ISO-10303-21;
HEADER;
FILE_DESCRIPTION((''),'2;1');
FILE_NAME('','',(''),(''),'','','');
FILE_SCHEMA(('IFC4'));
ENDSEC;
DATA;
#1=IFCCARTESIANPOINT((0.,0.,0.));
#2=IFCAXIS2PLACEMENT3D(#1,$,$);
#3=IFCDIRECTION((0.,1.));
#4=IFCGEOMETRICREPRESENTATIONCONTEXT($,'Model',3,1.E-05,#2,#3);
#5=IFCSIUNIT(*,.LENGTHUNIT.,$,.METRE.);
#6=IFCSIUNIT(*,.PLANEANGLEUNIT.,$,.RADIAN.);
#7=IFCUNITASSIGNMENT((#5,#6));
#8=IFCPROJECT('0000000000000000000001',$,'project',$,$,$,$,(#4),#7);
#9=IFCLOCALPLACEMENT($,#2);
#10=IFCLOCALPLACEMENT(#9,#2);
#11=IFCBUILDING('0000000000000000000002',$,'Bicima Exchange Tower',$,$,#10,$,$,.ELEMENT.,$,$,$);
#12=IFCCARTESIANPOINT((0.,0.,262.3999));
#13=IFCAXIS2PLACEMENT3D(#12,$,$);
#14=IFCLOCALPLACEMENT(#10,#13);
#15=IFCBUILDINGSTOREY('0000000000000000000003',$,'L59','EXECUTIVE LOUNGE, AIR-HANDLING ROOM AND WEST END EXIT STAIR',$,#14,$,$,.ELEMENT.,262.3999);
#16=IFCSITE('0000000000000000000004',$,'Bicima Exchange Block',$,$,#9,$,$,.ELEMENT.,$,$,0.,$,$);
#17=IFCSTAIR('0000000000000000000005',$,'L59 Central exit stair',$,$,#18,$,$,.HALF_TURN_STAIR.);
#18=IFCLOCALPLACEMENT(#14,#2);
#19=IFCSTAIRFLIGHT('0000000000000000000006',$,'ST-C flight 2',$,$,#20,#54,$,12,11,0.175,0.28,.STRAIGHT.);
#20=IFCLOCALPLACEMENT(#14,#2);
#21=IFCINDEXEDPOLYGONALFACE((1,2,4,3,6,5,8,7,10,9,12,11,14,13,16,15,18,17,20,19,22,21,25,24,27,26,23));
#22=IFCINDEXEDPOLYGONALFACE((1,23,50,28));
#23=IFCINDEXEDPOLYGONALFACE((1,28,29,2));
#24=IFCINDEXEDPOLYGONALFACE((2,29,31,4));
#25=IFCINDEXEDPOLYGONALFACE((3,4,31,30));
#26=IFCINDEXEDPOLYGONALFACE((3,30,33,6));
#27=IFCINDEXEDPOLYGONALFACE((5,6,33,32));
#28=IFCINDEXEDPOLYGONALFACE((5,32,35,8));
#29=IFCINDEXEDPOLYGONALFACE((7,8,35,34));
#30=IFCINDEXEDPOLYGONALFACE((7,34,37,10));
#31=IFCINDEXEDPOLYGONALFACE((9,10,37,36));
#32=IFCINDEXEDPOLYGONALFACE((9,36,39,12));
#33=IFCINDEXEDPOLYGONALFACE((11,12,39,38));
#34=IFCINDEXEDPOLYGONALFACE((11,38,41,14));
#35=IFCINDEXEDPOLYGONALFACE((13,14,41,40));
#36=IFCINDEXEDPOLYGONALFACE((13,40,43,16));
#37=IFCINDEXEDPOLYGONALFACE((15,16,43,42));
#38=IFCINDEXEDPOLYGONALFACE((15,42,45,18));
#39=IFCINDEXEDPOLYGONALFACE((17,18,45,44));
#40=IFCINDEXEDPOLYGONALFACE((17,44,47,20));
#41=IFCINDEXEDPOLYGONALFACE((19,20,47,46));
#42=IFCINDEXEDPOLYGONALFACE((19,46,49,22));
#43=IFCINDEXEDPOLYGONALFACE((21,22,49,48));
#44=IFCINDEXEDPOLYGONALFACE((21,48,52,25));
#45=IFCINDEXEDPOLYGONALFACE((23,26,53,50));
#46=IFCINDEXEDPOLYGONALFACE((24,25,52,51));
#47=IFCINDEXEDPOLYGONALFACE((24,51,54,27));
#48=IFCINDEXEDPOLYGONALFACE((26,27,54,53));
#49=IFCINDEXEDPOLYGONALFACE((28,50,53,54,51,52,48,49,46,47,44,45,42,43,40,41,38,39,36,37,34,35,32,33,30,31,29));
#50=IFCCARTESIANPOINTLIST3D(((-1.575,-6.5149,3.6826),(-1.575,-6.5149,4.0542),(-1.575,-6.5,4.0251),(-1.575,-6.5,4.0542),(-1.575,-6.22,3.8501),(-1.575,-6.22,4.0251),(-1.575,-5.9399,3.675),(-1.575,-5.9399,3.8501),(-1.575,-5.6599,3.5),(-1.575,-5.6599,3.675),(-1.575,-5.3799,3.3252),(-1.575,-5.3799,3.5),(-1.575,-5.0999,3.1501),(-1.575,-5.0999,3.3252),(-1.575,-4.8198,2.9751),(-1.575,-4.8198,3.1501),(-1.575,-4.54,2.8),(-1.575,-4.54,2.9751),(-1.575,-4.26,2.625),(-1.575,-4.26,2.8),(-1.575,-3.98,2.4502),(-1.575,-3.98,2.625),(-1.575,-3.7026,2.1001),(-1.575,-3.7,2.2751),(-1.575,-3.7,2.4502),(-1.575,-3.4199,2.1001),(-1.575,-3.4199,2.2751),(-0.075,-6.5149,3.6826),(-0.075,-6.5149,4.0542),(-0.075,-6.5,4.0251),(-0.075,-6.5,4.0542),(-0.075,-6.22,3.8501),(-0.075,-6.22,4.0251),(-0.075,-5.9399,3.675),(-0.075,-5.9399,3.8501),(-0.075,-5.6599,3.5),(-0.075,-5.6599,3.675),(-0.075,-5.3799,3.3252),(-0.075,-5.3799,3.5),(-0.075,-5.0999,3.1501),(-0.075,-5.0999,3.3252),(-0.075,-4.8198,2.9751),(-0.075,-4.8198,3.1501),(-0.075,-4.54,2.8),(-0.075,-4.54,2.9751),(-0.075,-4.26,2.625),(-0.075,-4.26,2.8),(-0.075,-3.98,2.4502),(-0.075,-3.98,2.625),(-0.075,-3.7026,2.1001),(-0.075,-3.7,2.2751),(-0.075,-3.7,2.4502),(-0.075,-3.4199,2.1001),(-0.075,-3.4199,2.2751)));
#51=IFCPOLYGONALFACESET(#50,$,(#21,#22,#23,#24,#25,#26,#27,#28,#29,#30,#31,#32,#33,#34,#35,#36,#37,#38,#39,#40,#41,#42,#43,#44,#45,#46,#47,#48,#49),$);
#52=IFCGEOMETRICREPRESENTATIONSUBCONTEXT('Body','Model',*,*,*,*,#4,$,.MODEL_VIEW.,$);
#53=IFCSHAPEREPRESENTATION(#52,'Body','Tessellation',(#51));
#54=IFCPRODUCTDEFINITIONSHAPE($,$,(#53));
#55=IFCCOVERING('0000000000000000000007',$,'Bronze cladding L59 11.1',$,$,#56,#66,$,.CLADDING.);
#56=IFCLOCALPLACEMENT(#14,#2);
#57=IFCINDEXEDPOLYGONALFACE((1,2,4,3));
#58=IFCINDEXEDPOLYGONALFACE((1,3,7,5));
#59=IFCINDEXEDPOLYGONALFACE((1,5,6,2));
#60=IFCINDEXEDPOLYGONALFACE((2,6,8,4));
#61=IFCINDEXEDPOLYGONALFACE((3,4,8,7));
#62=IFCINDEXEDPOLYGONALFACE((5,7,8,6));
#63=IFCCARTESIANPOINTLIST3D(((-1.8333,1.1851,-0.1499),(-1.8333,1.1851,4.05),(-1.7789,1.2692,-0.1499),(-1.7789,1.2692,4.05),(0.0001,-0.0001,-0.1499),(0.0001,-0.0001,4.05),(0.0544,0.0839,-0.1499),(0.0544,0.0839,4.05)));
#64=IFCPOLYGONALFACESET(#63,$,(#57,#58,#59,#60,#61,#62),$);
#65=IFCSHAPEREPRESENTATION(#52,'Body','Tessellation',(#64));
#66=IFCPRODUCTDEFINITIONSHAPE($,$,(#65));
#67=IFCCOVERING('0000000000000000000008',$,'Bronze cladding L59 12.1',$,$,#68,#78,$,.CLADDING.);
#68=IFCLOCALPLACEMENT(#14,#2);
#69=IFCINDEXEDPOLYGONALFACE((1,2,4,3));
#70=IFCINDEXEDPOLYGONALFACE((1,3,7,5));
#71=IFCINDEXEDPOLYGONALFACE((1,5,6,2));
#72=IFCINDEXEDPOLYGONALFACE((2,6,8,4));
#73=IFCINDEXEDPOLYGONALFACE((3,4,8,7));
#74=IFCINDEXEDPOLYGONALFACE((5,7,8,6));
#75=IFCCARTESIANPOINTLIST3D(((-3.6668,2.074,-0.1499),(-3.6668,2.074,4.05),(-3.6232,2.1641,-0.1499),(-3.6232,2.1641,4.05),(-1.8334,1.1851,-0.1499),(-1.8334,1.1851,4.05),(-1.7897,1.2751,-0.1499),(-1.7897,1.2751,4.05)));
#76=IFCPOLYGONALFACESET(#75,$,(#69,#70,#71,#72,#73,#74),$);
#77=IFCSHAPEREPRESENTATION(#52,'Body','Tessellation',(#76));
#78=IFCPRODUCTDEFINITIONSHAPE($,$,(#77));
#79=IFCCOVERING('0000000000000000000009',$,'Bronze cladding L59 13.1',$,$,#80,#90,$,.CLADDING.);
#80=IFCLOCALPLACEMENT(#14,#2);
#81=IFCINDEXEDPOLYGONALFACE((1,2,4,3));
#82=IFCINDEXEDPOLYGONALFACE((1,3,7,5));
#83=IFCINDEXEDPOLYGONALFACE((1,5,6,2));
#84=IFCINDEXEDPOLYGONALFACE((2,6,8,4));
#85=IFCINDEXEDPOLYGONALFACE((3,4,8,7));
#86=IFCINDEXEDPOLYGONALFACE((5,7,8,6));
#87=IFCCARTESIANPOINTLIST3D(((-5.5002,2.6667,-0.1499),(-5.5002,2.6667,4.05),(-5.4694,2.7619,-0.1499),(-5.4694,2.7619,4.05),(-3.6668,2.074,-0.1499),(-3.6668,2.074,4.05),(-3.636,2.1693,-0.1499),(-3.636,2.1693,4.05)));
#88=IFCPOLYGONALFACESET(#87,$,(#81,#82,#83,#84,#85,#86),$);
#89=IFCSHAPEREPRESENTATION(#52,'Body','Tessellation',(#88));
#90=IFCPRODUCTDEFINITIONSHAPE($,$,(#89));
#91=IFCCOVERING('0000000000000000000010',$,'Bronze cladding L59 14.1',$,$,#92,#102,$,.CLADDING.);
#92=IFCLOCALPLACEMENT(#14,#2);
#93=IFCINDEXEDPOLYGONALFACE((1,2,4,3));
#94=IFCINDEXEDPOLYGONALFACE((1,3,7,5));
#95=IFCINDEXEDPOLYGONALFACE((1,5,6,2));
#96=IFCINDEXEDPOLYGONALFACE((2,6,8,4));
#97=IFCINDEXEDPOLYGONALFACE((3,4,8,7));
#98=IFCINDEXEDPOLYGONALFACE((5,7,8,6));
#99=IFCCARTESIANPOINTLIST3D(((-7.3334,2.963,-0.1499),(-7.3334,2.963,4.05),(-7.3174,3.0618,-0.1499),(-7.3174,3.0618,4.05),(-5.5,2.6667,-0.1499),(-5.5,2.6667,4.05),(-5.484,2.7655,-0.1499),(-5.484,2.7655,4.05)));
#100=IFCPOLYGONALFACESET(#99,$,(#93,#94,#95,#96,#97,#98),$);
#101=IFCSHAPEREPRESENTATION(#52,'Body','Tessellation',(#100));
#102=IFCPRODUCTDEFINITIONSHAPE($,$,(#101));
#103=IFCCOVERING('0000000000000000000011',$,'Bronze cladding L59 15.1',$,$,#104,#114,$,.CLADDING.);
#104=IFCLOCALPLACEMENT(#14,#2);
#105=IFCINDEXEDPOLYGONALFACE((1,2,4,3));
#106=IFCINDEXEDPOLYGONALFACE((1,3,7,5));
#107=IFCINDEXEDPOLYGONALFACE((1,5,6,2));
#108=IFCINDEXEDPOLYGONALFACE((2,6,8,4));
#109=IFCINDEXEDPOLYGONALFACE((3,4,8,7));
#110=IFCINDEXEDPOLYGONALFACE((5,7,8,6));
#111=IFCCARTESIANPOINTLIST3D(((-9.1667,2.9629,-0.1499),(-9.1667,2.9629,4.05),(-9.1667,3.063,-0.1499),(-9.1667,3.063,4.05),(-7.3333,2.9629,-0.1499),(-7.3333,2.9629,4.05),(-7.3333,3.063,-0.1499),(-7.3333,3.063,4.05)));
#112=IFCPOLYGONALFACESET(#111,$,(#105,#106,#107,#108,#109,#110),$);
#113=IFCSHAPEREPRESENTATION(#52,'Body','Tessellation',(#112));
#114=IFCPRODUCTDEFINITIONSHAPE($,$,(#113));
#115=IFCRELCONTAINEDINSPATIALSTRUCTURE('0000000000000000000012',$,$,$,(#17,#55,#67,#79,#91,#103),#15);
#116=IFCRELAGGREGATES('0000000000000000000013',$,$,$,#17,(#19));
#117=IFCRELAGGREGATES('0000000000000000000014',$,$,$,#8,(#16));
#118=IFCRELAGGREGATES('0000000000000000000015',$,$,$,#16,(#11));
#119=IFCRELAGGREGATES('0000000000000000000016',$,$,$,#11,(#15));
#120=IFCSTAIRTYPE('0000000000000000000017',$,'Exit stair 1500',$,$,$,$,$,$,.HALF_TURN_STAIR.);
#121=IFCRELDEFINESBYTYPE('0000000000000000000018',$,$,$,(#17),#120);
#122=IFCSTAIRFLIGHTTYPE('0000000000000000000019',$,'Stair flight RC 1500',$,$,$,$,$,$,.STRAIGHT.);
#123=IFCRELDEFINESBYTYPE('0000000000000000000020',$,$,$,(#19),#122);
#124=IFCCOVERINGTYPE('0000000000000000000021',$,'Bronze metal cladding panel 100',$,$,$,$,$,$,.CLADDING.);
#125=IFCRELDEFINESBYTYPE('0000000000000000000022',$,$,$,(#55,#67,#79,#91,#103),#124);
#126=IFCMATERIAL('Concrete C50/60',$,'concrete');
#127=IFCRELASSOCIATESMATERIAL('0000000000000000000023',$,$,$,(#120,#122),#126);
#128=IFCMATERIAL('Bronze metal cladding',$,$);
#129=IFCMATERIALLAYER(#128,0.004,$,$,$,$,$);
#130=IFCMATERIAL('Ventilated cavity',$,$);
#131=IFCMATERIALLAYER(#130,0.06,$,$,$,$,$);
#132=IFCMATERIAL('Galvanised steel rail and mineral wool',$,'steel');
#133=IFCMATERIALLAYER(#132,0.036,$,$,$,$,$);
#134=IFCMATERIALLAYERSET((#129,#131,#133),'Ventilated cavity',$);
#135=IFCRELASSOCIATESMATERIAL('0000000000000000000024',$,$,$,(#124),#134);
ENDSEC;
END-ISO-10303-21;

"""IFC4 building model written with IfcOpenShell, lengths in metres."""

from ifc_helpers import new_model, si_unit, direction, frame, origin, origin_2d, place, context, subcontext, project, spatial, polyline, rectangle, outline, extrude, material, layer, layer_set, type_object, element, aggregate, save


model = new_model("IFC4")

# Units and contexts
model_context = context("Model", 3, precision=1e-05, world=origin(), true_north=direction((0.0, 1.0)))
body_context = subcontext(model_context, "Body", "Model", "MODEL_VIEW")
ifc_project = project(units=[si_unit("LENGTHUNIT", "METRE"), si_unit("PLANEANGLEUNIT", "RADIAN")], contexts=[model_context])

# Site, building, storey
site_placement = place(None, origin())
site = spatial("IfcSite", under=ifc_project, at=site_placement, Name="Bicima Exchange Block", CompositionType="ELEMENT", RefElevation=0.0)
building_placement = place(site_placement, origin())
building = spatial("IfcBuilding", under=site, at=building_placement, Name="Bicima Exchange Tower", CompositionType="ELEMENT")
storey_placement = place(building_placement, frame((0.0, 0.0, 262.3999)))
storey = spatial("IfcBuildingStorey", under=building, at=storey_placement, Name="L59", Description="EXECUTIVE LOUNGE, AIR-HANDLING ROOM AND WEST END EXIT STAIR", CompositionType="ELEMENT", Elevation=262.3999)

# Stair
ifc_material_1 = material(Name="Concrete C50/60", Category="concrete")
stair_type_1 = type_object("IfcStairType", Name="Exit stair 1500", PredefinedType="HALF_TURN_STAIR", material=ifc_material_1)
stair_1_placement = place(storey_placement, origin())
stair_1 = element("IfcStair", 1, at=stair_1_placement, inside=storey, type_object=stair_type_1, Name="L59 Central exit stair", PredefinedType="HALF_TURN_STAIR")

# Stair flight
stair_flight_type = type_object("IfcStairFlightType", Name="Stair flight RC 1500", PredefinedType="STRAIGHT", material=ifc_material_1)
stair_flight_placement = place(storey_placement, frame((-0.825, -3.4199, 2.1001), z_axis=(0.0, 0.0, 1.0), x_axis=(0.0, -1.0, 0.0)))
stair_flight = element("IfcStairFlight", 2, at=stair_flight_placement, type_object=stair_flight_type, Name="ST-C flight 2", NumberOfRisers=12, NumberOfTreads=11, PredefinedType="STRAIGHT", RiserHeight=0.175, TreadLength=0.28, context=body_context, shape_type="SweptSolid", body=[
    extrude(outline(polyline([(0.0, 0.0), (0.0, 0.175), (0.28, 0.175), (0.28, 0.3501), (0.5601, 0.3501), (0.5601, 0.5249), (0.8401, 0.5249), (0.8401, 0.7), (1.1201, 0.7), (1.1201, 0.875), (1.3999, 0.875), (1.3999, 1.05), (1.6799, 1.05), (1.6799, 1.2251), (1.96, 1.2251), (1.96, 1.3999), (2.24, 1.3999), (2.24, 1.575), (2.52, 1.575), (2.52, 1.75), (2.8, 1.75), (2.8, 1.925), (3.0801, 1.925), (3.0801, 1.9541), (3.095, 1.9541), (3.095, 1.5825), (0.2827, 0.0), (0.0, 0.0)])), frame((0.0, 0.75, 0.0), z_axis=(0.0, -1.0, 0.0), x_axis=(1.0, 0.0, 0.0)), (0.0, 0.0, 1.0), 1.5),
])
aggregate(stair_1, [stair_flight])

# Coverings
ifc_material_2 = material(Name="Bronze metal cladding")
ifc_layer_1 = layer(ifc_material_2, 0.004)
ifc_material_3 = material(Name="Ventilated cavity")
ifc_layer_2 = layer(ifc_material_3, 0.06)
ifc_material_4 = material(Name="Galvanised steel rail and mineral wool", Category="steel")
ifc_layer_3 = layer(ifc_material_4, 0.036)
ifc_layer_set_1 = layer_set([ifc_layer_1, ifc_layer_2, ifc_layer_3], Name="Ventilated cavity")
covering_type = type_object("IfcCoveringType", Name="Bronze metal cladding panel 100", PredefinedType="CLADDING", material=ifc_layer_set_1)
covering_1_placement = place(storey_placement, frame((-0.8894, 0.6345, -0.1499), z_axis=(0.0, 0.0, 1.0), x_axis=(-0.83979, 0.542911, 0.0)))
element("IfcCovering", 3, at=covering_1_placement, inside=storey, type_object=covering_type, Name="Bronze cladding L59 11.1", PredefinedType="CLADDING", context=body_context, shape_type="SweptSolid", body=[
    extrude(rectangle(XDim=2.1831, YDim=0.1001, at=origin_2d()), origin(), (0.0, 0.0, 1.0), 4.2),
])
covering_2_placement = place(storey_placement, frame((-2.7283, 1.6746, -0.1499), z_axis=(0.0, 0.0, 1.0), x_axis=(-0.899818, 0.436265, 0.0)))
element("IfcCovering", 4, at=covering_2_placement, inside=storey, type_object=covering_type, Name="Bronze cladding L59 12.1", PredefinedType="CLADDING", context=body_context, shape_type="SweptSolid", body=[
    extrude(rectangle(XDim=2.0376, YDim=0.1001, at=origin_2d()), origin(), (0.0, 0.0, 1.0), 4.2),
])
covering_3_placement = place(storey_placement, frame((-4.5681, 2.418, -0.1499), z_axis=(0.0, 0.0, 1.0), x_axis=(-0.951525, 0.307573, 0.0)))
element("IfcCovering", 5, at=covering_3_placement, inside=storey, type_object=covering_type, Name="Bronze cladding L59 13.1", PredefinedType="CLADDING", context=body_context, shape_type="SweptSolid", body=[
    extrude(rectangle(XDim=1.9268, YDim=0.1001, at=origin_2d()), origin(), (0.0, 0.0, 1.0), 4.2),
])
covering_4_placement = place(storey_placement, frame((-6.4087, 2.8643, -0.1499), z_axis=(0.0, 0.0, 1.0), x_axis=(-0.98719, 0.15955, 0.0)))
element("IfcCovering", 6, at=covering_4_placement, inside=storey, type_object=covering_type, Name="Bronze cladding L59 14.1", PredefinedType="CLADDING", context=body_context, shape_type="SweptSolid", body=[
    extrude(rectangle(XDim=1.8572, YDim=0.1001, at=origin_2d()), origin(), (0.0, 0.0, 1.0), 4.2),
])
covering_5_placement = place(storey_placement, frame((-8.25, 3.0129, -0.1499), z_axis=(0.0, 0.0, 1.0), x_axis=(-1.0, 0.0, 0.0)))
element("IfcCovering", 7, at=covering_5_placement, inside=storey, type_object=covering_type, Name="Bronze cladding L59 15.1", PredefinedType="CLADDING", context=body_context, shape_type="SweptSolid", body=[
    extrude(rectangle(XDim=1.8335, YDim=0.1001, at=origin_2d()), origin(), (0.0, 0.0, 1.0), 4.2),
])

save(model, "model.ifc")
